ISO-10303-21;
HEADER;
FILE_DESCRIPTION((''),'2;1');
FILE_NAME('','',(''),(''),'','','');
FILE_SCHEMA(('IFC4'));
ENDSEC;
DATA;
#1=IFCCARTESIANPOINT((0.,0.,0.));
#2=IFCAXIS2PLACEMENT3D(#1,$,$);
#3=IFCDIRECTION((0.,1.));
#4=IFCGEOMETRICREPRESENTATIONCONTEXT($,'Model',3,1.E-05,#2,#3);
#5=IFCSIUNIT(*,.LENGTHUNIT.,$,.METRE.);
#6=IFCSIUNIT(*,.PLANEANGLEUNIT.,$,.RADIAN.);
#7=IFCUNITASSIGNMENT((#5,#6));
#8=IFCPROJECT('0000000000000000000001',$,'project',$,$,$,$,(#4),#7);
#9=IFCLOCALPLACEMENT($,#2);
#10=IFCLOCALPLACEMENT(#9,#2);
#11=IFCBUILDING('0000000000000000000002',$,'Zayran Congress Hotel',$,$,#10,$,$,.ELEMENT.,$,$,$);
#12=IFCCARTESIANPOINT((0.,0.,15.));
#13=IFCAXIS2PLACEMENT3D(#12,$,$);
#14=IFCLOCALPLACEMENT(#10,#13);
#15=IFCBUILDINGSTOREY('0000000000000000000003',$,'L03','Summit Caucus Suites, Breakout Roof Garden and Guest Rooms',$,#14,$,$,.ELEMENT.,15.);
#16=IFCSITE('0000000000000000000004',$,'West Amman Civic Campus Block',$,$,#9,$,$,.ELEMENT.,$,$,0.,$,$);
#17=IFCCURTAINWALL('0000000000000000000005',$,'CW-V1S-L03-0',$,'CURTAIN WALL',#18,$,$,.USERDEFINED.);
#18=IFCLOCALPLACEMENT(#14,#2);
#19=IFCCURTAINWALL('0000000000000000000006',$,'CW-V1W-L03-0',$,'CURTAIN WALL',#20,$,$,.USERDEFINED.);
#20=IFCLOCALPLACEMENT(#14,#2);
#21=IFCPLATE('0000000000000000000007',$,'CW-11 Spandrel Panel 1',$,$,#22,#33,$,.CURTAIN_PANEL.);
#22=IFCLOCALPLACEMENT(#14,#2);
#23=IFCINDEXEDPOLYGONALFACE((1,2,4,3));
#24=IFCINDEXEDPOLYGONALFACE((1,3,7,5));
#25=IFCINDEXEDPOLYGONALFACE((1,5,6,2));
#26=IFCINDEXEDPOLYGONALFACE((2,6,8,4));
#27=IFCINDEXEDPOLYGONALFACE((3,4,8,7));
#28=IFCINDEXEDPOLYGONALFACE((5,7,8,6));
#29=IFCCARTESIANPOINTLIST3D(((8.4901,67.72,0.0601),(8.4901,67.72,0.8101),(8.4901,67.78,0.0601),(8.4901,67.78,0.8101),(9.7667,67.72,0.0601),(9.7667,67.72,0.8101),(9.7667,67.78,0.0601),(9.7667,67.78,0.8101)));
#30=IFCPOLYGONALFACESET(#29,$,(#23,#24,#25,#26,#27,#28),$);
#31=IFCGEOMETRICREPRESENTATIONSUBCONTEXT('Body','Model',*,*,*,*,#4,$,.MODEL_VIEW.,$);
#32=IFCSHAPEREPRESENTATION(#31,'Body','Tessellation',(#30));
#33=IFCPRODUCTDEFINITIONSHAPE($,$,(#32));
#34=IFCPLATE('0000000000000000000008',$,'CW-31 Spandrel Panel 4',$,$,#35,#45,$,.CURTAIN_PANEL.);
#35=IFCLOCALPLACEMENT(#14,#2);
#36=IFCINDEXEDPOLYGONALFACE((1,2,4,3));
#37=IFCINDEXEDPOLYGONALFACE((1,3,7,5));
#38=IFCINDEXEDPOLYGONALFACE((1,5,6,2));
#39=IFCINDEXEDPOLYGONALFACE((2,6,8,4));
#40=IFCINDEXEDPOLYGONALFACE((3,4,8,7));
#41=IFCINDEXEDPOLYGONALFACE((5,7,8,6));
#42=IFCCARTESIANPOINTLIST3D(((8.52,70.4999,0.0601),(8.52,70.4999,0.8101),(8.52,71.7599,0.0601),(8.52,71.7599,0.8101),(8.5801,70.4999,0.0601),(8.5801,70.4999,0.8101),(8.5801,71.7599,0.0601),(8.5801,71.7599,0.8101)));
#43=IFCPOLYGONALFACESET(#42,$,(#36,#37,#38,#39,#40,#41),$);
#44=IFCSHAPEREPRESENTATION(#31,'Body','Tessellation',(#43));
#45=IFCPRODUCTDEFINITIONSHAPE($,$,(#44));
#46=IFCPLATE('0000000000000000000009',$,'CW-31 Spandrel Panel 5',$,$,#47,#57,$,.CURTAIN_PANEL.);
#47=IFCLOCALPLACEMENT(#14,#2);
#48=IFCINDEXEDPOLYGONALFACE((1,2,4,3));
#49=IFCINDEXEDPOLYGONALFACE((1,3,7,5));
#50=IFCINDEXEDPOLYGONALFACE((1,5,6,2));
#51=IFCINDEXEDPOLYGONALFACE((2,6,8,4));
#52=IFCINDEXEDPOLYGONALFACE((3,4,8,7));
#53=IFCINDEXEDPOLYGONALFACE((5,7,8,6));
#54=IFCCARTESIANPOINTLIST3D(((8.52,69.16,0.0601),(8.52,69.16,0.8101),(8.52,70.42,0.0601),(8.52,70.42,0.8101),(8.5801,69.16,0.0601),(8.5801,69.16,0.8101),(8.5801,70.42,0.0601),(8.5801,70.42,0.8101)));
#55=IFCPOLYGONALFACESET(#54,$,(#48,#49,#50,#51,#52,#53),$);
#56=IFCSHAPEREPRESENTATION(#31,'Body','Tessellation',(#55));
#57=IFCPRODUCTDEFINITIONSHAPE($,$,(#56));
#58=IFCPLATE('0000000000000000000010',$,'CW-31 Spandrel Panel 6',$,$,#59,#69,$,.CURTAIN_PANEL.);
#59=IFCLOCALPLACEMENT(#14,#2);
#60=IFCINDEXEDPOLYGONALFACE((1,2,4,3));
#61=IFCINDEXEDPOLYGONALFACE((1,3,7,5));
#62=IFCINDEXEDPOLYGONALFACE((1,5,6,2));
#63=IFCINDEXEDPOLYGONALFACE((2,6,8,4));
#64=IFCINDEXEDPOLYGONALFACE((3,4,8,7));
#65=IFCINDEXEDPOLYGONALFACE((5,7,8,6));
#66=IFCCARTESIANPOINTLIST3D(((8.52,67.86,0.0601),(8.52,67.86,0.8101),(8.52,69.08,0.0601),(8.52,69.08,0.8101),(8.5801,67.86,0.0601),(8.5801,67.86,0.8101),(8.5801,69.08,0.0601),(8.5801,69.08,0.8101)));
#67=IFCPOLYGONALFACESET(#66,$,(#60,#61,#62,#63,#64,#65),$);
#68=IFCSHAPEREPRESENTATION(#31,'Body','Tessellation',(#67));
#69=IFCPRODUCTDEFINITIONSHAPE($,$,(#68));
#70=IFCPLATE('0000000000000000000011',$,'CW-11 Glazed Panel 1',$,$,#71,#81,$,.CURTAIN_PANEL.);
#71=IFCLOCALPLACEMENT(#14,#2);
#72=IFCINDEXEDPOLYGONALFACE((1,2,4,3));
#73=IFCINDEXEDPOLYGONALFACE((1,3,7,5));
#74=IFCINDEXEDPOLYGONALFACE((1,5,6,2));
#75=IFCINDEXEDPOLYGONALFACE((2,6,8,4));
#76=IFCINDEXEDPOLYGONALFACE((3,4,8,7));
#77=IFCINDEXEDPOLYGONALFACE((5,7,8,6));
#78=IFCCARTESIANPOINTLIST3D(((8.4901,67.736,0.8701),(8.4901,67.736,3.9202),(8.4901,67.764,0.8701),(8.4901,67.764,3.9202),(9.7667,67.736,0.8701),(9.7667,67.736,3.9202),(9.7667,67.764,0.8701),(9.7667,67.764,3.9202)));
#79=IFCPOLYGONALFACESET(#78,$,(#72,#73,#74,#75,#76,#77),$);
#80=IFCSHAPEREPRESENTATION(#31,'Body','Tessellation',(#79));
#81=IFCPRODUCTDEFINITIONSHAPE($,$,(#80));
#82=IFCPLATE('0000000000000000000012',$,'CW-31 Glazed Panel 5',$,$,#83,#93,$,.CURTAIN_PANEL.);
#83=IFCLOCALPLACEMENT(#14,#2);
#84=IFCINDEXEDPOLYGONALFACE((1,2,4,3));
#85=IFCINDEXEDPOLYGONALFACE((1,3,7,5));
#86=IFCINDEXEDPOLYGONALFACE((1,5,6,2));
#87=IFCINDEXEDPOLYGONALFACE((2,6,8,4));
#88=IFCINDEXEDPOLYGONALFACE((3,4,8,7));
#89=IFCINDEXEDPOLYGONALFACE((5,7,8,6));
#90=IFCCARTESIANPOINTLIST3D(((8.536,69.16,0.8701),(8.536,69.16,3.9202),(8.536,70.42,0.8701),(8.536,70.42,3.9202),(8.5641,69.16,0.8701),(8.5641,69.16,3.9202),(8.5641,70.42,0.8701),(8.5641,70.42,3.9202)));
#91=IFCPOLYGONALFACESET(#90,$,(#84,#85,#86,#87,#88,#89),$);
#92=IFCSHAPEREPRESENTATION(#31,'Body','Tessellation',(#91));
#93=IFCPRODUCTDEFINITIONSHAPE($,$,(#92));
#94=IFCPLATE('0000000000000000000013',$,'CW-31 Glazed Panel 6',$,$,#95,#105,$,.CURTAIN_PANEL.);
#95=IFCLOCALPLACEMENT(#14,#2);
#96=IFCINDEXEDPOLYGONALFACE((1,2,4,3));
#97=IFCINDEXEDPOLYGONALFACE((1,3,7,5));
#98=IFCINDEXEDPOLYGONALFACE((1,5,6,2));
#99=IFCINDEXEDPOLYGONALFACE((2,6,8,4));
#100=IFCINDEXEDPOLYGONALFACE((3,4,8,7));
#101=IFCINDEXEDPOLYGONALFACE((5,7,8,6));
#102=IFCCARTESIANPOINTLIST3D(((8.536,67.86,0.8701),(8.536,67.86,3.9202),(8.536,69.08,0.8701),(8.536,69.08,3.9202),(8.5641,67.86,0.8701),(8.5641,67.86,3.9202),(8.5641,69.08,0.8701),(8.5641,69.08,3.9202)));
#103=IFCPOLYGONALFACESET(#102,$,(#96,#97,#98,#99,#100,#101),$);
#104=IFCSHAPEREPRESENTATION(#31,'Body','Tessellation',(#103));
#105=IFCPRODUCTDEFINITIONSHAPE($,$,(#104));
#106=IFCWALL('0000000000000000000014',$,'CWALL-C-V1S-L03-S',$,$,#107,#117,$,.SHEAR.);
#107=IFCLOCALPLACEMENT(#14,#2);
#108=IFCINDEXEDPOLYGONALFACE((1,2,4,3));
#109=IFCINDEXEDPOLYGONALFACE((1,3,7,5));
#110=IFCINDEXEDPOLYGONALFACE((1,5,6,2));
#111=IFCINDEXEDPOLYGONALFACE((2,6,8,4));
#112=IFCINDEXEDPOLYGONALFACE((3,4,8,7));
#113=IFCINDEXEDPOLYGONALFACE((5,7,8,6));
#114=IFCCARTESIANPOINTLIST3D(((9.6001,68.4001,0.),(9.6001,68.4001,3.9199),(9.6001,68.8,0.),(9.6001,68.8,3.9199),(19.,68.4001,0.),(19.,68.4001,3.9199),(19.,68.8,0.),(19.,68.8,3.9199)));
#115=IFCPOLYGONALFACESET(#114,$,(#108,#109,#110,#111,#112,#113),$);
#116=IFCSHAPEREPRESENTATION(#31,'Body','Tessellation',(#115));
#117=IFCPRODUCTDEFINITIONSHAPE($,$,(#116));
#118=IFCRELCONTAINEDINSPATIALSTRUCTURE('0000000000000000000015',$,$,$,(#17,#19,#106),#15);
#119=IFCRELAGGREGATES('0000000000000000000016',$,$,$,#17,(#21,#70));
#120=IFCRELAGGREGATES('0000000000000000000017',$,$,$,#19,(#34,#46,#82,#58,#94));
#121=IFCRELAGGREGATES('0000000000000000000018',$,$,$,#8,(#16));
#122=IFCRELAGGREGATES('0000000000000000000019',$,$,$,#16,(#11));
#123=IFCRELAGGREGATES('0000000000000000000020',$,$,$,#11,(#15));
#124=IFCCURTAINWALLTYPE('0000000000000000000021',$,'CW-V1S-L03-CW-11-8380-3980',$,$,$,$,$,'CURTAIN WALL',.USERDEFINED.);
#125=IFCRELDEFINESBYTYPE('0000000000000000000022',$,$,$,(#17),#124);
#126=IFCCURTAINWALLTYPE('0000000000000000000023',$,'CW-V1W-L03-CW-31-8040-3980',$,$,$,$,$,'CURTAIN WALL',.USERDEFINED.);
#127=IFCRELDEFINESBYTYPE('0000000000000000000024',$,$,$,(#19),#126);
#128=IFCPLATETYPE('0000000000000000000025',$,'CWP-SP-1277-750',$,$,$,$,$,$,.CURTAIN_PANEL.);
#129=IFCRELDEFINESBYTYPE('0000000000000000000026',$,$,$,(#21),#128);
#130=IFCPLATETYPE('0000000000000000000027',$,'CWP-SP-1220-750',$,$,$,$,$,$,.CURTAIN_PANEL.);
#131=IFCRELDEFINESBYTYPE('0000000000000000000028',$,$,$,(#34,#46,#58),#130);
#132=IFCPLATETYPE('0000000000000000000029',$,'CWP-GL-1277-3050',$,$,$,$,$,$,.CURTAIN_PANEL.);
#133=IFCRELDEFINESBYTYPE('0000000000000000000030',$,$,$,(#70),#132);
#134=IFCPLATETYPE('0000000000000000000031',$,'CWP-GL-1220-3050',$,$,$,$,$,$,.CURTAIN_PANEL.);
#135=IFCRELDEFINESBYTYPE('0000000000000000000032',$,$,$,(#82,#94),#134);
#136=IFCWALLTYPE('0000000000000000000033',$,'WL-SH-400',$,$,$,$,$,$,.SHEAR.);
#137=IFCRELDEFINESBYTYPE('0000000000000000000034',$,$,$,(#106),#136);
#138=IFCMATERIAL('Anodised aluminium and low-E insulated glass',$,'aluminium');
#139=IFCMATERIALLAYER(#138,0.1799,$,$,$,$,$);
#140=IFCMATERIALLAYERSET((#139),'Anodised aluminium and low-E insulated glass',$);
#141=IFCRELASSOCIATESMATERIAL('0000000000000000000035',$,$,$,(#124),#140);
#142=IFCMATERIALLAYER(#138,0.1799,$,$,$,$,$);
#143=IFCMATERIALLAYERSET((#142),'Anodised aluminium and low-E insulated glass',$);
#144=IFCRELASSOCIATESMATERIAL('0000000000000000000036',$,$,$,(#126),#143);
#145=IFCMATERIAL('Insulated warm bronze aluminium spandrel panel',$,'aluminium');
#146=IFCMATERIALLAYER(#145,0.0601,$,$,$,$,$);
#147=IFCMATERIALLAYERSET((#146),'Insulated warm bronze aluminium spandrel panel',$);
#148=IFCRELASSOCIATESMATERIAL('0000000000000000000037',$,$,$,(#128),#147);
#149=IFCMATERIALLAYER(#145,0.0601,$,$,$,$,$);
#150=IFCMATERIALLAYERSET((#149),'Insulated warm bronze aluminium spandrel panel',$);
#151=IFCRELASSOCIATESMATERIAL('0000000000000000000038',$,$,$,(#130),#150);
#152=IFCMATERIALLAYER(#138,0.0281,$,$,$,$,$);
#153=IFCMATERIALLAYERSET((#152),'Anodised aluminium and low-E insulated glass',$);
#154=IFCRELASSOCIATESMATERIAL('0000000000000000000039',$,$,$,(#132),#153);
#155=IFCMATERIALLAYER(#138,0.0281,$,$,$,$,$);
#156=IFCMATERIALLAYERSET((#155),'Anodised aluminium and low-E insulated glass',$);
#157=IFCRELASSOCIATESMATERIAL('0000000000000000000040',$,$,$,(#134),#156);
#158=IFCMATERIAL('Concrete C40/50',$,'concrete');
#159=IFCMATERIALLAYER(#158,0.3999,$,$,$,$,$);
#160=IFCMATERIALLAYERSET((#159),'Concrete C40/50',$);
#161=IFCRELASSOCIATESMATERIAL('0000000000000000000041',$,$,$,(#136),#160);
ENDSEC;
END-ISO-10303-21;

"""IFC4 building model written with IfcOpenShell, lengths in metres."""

from ifc_helpers import new_model, si_unit, direction, frame, frame_2d, origin, origin_2d, place, context, subcontext, project, spatial, rectangle, extrude, material, layer, layer_set, type_object, element, aggregate, save


model = new_model("IFC4")

# Units and contexts
model_context = context("Model", 3, precision=1e-05, world=origin(), true_north=direction((0.0, 1.0)))
body_context = subcontext(model_context, "Body", "Model", "MODEL_VIEW")
ifc_project = project(units=[si_unit("LENGTHUNIT", "METRE"), si_unit("PLANEANGLEUNIT", "RADIAN")], contexts=[model_context])

# Site, building, storey
site_placement = place(None, origin())
site = spatial("IfcSite", under=ifc_project, at=site_placement, Name="West Amman Civic Campus Block", CompositionType="ELEMENT", RefElevation=0.0)
building_placement = place(site_placement, origin())
building = spatial("IfcBuilding", under=site, at=building_placement, Name="Zayran Congress Hotel", CompositionType="ELEMENT")
storey_placement = place(building_placement, frame((0.0, 0.0, 15.0)))
storey = spatial("IfcBuildingStorey", under=building, at=storey_placement, Name="L03", Description="Summit Caucus Suites, Breakout Roof Garden and Guest Rooms", CompositionType="ELEMENT", Elevation=15.0)

# Curtain walls
ifc_material_1 = material(Name="Anodised aluminium and low-E insulated glass", Category="aluminium")
ifc_layer_1 = layer(ifc_material_1, 0.1799)
ifc_layer_set_1 = layer_set([ifc_layer_1], Name="Anodised aluminium and low-E insulated glass")
curtain_wall_type_1 = type_object("IfcCurtainWallType", Name="CW-V1S-L03-CW-11-8380-3980", ElementType="CURTAIN WALL", PredefinedType="USERDEFINED", material=ifc_layer_set_1)
curtain_wall_1_placement = place(storey_placement, origin())
curtain_wall_1 = element("IfcCurtainWall", 1, at=curtain_wall_1_placement, inside=storey, type_object=curtain_wall_type_1, Name="CW-V1S-L03-0", ObjectType="CURTAIN WALL", PredefinedType="USERDEFINED")
ifc_layer_2 = layer(ifc_material_1, 0.1799)
ifc_layer_set_2 = layer_set([ifc_layer_2], Name="Anodised aluminium and low-E insulated glass")
curtain_wall_type_2 = type_object("IfcCurtainWallType", Name="CW-V1W-L03-CW-31-8040-3980", ElementType="CURTAIN WALL", PredefinedType="USERDEFINED", material=ifc_layer_set_2)
curtain_wall_2_placement = place(storey_placement, origin())
curtain_wall_2 = element("IfcCurtainWall", 2, at=curtain_wall_2_placement, inside=storey, type_object=curtain_wall_type_2, Name="CW-V1W-L03-0", ObjectType="CURTAIN WALL", PredefinedType="USERDEFINED")

# Plates
ifc_material_2 = material(Name="Insulated warm bronze aluminium spandrel panel", Category="aluminium")
ifc_layer_3 = layer(ifc_material_2, 0.0601)
ifc_layer_set_3 = layer_set([ifc_layer_3], Name="Insulated warm bronze aluminium spandrel panel")
plate_type_1 = type_object("IfcPlateType", Name="CWP-SP-1277-750", PredefinedType="CURTAIN_PANEL", material=ifc_layer_set_3)
plate_1_placement = place(storey_placement, frame((9.1284, 67.75, 0.0601), z_axis=(0.0, 0.0, 1.0), x_axis=(1.0, 0.0, 0.0)))
plate_1 = element("IfcPlate", 3, at=plate_1_placement, type_object=plate_type_1, Name="CW-11 Spandrel Panel 1", PredefinedType="CURTAIN_PANEL", context=body_context, shape_type="SweptSolid", body=[
    extrude(rectangle(XDim=1.2766, YDim=0.0601, at=origin_2d()), origin(), (0.0, 0.0, 1.0), 0.75),
])
ifc_layer_4 = layer(ifc_material_2, 0.0601)
ifc_layer_set_4 = layer_set([ifc_layer_4], Name="Insulated warm bronze aluminium spandrel panel")
plate_type_2 = type_object("IfcPlateType", Name="CWP-SP-1220-750", PredefinedType="CURTAIN_PANEL", material=ifc_layer_set_4)
plate_2_placement = place(storey_placement, frame((8.55, 71.1299, 0.0601), z_axis=(0.0, 0.0, 1.0), x_axis=(0.0, 1.0, 0.0)))
plate_2 = element("IfcPlate", 4, at=plate_2_placement, type_object=plate_type_2, Name="CW-31 Spandrel Panel 4", PredefinedType="CURTAIN_PANEL", context=body_context, shape_type="SweptSolid", body=[
    extrude(rectangle(XDim=1.26, YDim=0.0601, at=origin_2d()), origin(), (0.0, 0.0, 1.0), 0.75),
])
plate_3_placement = place(storey_placement, frame((8.55, 69.79, 0.0601), z_axis=(0.0, 0.0, 1.0), x_axis=(0.0, 1.0, 0.0)))
plate_3 = element("IfcPlate", 5, at=plate_3_placement, type_object=plate_type_2, Name="CW-31 Spandrel Panel 5", PredefinedType="CURTAIN_PANEL", context=body_context, shape_type="SweptSolid", body=[
    extrude(rectangle(XDim=1.26, YDim=0.0601, at=origin_2d()), origin(), (0.0, 0.0, 1.0), 0.75),
])
plate_4_placement = place(storey_placement, frame((8.55, 68.47, 0.0601), z_axis=(0.0, 0.0, 1.0), x_axis=(0.0, 1.0, 0.0)))
plate_4 = element("IfcPlate", 6, at=plate_4_placement, type_object=plate_type_2, Name="CW-31 Spandrel Panel 6", PredefinedType="CURTAIN_PANEL", context=body_context, shape_type="SweptSolid", body=[
    extrude(rectangle(XDim=1.22, YDim=0.0601, at=origin_2d()), origin(), (0.0, 0.0, 1.0), 0.75),
])
ifc_layer_5 = layer(ifc_material_1, 0.0281)
ifc_layer_set_5 = layer_set([ifc_layer_5], Name="Anodised aluminium and low-E insulated glass")
plate_type_3 = type_object("IfcPlateType", Name="CWP-GL-1277-3050", PredefinedType="CURTAIN_PANEL", material=ifc_layer_set_5)
plate_5_placement = place(storey_placement, frame((9.1284, 67.75, 0.8701), z_axis=(0.0, 0.0, 1.0), x_axis=(1.0, 0.0, 0.0)))
plate_5 = element("IfcPlate", 7, at=plate_5_placement, type_object=plate_type_3, Name="CW-11 Glazed Panel 1", PredefinedType="CURTAIN_PANEL", context=body_context, shape_type="SweptSolid", body=[
    extrude(rectangle(XDim=1.2766, YDim=0.0281, at=origin_2d()), origin(), (0.0, 0.0, 1.0), 3.05),
])
aggregate(curtain_wall_1, [plate_1, plate_5])
ifc_layer_6 = layer(ifc_material_1, 0.0281)
ifc_layer_set_6 = layer_set([ifc_layer_6], Name="Anodised aluminium and low-E insulated glass")
plate_type_4 = type_object("IfcPlateType", Name="CWP-GL-1220-3050", PredefinedType="CURTAIN_PANEL", material=ifc_layer_set_6)
plate_6_placement = place(storey_placement, frame((8.55, 69.79, 0.8701), z_axis=(0.0, 0.0, 1.0), x_axis=(0.0, 1.0, 0.0)))
plate_6 = element("IfcPlate", 8, at=plate_6_placement, type_object=plate_type_4, Name="CW-31 Glazed Panel 5", PredefinedType="CURTAIN_PANEL", context=body_context, shape_type="SweptSolid", body=[
    extrude(rectangle(XDim=1.26, YDim=0.0281, at=origin_2d()), origin(), (0.0, 0.0, 1.0), 3.05),
])
plate_7_placement = place(storey_placement, frame((8.55, 68.47, 0.8701), z_axis=(0.0, 0.0, 1.0), x_axis=(0.0, 1.0, 0.0)))
plate_7 = element("IfcPlate", 9, at=plate_7_placement, type_object=plate_type_4, Name="CW-31 Glazed Panel 6", PredefinedType="CURTAIN_PANEL", context=body_context, shape_type="SweptSolid", body=[
    extrude(rectangle(XDim=1.22, YDim=0.0281, at=origin_2d()), origin(), (0.0, 0.0, 1.0), 3.05),
])
aggregate(curtain_wall_2, [plate_2, plate_3, plate_6, plate_4, plate_7])

# Wall
ifc_material_3 = material(Name="Concrete C40/50", Category="concrete")
ifc_layer_7 = layer(ifc_material_3, 0.3999)
ifc_layer_set_7 = layer_set([ifc_layer_7], Name="Concrete C40/50")
wall_type = type_object("IfcWallType", Name="WL-SH-400", PredefinedType="SHEAR", material=ifc_layer_set_7)
wall_placement = place(storey_placement, frame((9.6001, 68.6001, 0.0), z_axis=(0.0, 0.0, 1.0), x_axis=(1.0, 0.0, 0.0)))
element("IfcWall", 10, at=wall_placement, inside=storey, type_object=wall_type, Name="CWALL-C-V1S-L03-S", PredefinedType="SHEAR", context=body_context, shape_type="SweptSolid", body=[
    extrude(rectangle(XDim=9.3999, YDim=0.3999, at=frame_2d((4.7, 0.0))), origin(), (0.0, 0.0, 1.0), 3.9199),
])

save(model, "model.ifc")
